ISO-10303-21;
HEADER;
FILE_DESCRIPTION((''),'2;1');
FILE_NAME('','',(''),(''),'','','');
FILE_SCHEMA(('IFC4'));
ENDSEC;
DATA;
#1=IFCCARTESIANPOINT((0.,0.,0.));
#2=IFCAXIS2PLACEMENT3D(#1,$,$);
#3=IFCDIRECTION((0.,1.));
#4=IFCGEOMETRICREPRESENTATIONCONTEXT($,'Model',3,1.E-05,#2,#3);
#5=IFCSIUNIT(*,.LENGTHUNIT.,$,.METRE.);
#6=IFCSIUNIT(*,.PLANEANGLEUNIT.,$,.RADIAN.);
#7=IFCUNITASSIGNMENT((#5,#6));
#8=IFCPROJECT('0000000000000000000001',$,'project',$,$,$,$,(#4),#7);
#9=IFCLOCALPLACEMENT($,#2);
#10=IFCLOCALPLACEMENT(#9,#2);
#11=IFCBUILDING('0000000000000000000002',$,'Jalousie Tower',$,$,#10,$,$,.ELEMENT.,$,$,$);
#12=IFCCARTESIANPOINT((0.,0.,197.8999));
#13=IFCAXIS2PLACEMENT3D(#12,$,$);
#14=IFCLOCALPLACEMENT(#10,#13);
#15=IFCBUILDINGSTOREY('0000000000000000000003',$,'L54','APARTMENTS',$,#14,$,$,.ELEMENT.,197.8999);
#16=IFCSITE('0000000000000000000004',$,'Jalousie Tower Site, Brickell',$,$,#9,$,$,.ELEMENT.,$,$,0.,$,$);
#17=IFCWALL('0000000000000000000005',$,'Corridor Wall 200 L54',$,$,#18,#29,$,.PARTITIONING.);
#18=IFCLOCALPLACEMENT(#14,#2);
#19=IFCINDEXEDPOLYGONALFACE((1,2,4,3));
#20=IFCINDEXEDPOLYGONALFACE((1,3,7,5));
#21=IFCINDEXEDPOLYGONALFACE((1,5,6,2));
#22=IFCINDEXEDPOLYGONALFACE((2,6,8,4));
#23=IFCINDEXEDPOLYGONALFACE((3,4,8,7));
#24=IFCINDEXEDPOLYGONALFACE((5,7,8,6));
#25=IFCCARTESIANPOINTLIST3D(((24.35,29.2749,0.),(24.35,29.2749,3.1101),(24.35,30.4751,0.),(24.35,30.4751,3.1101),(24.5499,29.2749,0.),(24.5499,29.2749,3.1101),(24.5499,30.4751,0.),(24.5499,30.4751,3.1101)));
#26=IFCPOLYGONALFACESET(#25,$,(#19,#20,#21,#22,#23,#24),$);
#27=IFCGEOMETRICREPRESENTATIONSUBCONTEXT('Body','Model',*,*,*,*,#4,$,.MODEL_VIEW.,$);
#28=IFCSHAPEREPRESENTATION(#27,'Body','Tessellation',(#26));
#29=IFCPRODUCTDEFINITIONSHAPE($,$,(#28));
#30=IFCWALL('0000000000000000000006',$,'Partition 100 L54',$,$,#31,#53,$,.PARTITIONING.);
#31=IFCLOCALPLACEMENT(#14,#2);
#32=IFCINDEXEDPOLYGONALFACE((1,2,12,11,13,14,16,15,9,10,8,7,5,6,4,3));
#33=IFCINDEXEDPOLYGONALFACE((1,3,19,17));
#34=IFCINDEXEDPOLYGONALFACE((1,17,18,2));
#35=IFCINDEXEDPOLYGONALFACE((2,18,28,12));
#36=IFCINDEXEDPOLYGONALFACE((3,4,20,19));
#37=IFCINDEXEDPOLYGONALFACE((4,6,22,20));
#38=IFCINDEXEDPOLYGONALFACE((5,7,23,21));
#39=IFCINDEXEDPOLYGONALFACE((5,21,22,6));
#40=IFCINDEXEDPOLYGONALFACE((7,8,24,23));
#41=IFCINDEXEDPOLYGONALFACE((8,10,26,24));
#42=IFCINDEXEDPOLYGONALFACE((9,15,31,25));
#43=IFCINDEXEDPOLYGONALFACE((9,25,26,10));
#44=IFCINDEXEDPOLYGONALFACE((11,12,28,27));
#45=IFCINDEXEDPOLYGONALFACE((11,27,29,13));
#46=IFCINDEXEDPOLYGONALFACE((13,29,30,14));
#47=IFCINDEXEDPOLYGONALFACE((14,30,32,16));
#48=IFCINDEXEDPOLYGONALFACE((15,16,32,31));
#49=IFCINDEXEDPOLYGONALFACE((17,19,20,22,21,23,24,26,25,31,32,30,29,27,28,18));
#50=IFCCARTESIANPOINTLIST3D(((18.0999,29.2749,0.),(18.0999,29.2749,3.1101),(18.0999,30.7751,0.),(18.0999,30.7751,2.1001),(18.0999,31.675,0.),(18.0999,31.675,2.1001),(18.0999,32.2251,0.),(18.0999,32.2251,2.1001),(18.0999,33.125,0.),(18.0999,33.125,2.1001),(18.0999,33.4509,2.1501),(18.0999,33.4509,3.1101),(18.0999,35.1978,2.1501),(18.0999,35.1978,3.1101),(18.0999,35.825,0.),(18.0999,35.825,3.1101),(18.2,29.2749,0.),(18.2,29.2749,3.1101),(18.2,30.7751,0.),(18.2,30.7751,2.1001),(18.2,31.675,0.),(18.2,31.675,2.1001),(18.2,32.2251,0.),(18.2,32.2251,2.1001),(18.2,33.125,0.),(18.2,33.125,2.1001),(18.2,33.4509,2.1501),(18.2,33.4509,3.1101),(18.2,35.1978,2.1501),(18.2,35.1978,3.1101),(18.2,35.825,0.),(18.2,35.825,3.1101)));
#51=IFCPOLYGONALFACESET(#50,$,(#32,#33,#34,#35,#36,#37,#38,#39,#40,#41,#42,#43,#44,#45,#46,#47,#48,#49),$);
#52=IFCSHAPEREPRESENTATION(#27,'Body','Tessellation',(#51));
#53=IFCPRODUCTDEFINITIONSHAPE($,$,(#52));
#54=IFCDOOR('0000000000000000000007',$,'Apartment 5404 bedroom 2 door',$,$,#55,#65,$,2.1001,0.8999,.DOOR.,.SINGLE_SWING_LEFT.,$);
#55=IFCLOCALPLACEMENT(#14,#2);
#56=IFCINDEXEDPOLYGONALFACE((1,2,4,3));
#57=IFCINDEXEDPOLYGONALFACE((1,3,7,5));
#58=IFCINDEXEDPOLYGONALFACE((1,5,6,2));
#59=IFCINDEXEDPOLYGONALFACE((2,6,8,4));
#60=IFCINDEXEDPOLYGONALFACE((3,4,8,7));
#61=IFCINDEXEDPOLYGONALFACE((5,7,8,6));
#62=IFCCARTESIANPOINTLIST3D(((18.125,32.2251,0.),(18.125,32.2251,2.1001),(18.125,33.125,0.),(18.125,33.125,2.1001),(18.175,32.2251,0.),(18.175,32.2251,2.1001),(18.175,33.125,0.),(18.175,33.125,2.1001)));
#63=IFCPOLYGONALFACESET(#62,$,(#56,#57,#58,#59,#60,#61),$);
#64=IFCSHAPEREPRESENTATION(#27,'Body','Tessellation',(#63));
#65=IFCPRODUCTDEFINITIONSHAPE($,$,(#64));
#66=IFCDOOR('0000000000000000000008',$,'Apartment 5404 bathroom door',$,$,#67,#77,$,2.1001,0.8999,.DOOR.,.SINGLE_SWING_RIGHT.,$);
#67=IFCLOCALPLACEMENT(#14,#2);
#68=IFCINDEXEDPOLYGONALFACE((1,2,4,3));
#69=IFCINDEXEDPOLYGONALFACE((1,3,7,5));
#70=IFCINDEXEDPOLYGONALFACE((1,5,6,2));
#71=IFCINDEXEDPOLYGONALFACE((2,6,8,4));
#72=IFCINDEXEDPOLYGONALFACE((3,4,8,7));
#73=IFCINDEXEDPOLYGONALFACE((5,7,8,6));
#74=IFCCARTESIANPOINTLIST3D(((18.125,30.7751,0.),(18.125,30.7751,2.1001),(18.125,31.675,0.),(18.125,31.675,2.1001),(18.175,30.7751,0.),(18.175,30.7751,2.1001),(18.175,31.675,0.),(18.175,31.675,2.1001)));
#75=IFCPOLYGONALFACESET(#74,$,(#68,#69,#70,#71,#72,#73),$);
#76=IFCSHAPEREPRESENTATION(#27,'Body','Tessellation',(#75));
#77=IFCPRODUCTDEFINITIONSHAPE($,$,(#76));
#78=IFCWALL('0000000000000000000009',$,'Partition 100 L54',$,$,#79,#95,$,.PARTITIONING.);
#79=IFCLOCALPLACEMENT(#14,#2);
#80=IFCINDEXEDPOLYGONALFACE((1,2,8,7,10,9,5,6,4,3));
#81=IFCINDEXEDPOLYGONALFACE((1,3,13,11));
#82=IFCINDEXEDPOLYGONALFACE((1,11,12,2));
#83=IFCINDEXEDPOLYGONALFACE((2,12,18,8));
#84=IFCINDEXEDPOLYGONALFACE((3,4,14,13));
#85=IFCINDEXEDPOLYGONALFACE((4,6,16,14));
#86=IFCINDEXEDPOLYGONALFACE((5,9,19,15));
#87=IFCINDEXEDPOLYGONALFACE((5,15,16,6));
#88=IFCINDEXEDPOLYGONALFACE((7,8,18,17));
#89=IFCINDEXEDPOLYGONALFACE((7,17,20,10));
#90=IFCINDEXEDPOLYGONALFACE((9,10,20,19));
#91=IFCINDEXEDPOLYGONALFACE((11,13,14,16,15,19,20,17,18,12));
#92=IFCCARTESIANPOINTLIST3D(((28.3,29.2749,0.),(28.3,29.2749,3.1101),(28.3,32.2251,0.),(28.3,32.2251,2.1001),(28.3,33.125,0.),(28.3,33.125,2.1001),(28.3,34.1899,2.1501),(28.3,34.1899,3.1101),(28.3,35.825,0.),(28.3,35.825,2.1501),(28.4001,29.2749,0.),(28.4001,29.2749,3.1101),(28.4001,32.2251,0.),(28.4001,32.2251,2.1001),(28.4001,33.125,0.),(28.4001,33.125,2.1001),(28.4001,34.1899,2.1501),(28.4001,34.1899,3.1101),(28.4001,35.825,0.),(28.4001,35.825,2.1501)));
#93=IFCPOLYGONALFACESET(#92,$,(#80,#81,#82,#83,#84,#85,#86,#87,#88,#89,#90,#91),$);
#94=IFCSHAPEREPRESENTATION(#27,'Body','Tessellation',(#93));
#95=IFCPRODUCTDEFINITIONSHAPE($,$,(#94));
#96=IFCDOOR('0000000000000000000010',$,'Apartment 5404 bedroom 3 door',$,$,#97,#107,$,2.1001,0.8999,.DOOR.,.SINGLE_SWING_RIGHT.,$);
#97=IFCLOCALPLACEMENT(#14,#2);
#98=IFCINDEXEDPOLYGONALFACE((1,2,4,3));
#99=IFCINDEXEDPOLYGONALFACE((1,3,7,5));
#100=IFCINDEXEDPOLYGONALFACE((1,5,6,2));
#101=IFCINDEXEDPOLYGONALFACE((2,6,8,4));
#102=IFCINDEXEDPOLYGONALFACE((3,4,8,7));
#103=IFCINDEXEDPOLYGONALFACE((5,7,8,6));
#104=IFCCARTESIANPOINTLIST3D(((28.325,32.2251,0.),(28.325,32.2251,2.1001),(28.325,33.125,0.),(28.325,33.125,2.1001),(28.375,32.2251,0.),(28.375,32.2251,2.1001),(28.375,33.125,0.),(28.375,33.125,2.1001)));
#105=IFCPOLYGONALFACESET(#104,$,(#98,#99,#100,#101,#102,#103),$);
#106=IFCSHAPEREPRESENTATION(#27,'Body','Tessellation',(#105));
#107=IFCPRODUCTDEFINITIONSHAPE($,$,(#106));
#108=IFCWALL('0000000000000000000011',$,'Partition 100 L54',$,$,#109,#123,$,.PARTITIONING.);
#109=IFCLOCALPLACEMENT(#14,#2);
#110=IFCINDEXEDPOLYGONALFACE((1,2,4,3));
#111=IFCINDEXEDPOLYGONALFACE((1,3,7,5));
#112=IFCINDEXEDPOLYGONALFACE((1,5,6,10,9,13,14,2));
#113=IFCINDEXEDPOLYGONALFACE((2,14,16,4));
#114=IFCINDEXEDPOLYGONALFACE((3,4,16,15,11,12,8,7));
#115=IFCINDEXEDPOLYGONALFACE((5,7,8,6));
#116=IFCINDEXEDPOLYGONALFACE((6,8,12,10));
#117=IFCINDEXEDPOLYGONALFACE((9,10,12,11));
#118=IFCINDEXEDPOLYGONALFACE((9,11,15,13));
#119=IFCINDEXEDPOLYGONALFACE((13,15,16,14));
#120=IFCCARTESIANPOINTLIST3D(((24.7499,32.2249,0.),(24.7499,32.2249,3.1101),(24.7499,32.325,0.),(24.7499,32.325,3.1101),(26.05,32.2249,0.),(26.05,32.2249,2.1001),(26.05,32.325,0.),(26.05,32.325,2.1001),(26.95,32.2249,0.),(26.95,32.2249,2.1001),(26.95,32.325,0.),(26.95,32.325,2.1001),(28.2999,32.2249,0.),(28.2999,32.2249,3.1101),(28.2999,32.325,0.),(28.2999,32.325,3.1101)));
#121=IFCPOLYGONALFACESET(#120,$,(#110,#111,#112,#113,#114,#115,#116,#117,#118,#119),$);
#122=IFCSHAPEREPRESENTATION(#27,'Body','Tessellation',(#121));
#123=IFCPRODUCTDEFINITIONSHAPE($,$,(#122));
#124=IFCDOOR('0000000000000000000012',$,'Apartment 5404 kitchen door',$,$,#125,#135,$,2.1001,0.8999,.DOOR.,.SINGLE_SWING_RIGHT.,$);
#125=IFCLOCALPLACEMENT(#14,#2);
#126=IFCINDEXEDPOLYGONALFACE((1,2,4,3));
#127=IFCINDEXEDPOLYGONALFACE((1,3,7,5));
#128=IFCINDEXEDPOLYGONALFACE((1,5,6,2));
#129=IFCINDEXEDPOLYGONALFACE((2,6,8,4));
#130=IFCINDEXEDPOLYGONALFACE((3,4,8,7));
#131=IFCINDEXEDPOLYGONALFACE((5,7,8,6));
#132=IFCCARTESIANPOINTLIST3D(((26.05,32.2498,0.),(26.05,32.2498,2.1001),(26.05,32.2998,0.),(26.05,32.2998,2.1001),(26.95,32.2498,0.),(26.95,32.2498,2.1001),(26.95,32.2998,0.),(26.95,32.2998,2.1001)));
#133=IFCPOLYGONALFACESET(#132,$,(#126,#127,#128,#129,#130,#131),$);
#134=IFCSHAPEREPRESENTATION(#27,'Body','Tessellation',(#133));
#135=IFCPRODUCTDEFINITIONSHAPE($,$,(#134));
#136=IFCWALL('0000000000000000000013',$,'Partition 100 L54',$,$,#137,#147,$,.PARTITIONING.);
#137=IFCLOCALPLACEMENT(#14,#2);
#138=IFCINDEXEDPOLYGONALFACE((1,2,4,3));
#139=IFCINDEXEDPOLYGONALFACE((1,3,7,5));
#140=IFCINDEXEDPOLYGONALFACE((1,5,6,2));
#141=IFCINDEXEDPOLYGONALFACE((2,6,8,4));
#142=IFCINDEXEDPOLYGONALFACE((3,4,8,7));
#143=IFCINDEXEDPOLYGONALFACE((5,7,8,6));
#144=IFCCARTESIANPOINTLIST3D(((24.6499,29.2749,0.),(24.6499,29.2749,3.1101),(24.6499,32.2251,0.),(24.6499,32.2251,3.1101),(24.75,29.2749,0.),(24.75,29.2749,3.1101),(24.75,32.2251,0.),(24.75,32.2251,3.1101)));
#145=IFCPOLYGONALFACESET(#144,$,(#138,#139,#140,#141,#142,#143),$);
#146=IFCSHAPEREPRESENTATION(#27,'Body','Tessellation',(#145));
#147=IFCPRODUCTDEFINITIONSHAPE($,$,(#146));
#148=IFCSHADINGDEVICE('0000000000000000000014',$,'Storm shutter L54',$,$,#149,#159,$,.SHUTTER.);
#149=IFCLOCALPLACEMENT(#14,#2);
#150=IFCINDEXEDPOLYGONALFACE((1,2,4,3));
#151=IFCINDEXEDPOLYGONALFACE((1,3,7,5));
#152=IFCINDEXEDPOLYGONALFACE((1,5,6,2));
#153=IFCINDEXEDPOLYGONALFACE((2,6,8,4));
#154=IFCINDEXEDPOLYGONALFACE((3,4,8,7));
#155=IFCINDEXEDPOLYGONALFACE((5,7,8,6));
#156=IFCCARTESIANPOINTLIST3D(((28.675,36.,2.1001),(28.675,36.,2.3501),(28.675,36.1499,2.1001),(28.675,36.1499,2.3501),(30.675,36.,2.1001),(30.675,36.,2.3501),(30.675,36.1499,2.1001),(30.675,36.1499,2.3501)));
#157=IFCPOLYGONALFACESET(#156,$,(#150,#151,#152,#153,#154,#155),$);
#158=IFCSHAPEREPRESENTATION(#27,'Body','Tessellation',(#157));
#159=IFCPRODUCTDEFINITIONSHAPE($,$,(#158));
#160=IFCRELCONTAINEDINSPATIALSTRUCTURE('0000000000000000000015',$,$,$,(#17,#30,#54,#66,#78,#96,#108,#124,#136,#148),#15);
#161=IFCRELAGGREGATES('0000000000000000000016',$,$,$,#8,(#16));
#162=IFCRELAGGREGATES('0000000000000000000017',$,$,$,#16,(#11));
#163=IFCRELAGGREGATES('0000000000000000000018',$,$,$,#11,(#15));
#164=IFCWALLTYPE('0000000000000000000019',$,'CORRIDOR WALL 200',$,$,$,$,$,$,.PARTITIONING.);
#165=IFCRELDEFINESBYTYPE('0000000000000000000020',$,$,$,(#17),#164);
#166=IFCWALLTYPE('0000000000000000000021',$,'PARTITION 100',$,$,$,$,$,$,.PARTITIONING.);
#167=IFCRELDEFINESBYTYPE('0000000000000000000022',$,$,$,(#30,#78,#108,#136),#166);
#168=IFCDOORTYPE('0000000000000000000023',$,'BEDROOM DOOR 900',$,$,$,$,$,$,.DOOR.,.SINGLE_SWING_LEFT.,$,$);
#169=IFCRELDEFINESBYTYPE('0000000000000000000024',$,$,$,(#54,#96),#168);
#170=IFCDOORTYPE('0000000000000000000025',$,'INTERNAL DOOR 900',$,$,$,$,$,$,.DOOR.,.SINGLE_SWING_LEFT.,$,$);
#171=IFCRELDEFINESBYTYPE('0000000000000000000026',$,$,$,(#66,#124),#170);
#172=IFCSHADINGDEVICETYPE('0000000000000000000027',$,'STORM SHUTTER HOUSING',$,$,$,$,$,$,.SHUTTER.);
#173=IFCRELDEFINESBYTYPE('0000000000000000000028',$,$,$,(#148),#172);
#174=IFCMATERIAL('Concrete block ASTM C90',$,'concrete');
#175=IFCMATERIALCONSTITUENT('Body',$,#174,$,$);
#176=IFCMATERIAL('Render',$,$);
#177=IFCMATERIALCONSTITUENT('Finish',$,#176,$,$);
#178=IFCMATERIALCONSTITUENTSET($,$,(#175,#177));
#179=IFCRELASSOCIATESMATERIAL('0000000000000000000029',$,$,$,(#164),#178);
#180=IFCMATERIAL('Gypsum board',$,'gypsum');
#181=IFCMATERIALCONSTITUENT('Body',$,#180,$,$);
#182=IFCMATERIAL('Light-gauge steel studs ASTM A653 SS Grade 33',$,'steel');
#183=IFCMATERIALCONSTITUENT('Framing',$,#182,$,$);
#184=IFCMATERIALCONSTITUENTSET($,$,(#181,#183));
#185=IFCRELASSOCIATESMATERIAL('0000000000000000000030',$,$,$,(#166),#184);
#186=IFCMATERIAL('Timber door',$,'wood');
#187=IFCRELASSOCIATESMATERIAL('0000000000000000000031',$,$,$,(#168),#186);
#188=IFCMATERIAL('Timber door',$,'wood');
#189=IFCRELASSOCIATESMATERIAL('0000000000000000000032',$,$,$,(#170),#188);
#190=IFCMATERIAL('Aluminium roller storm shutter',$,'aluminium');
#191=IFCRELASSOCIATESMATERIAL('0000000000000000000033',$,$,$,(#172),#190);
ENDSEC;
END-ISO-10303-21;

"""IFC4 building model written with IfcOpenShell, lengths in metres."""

from ifc_helpers import new_model, si_unit, direction, frame, frame_2d, origin, origin_2d, place, context, subcontext, project, spatial, polyline, rectangle, outline, extrude, material, constituent, constituent_set, type_object, element, fill, save


model = new_model("IFC4")

# Units and contexts
model_context = context("Model", 3, precision=1e-05, world=origin(), true_north=direction((0.0, 1.0)))
body_context = subcontext(model_context, "Body", "Model", "MODEL_VIEW")
ifc_project = project(units=[si_unit("LENGTHUNIT", "METRE"), si_unit("PLANEANGLEUNIT", "RADIAN")], contexts=[model_context])

# Site, building, storey
site_placement = place(None, origin())
site = spatial("IfcSite", under=ifc_project, at=site_placement, Name="Jalousie Tower Site, Brickell", CompositionType="ELEMENT", RefElevation=0.0)
building_placement = place(site_placement, origin())
building = spatial("IfcBuilding", under=site, at=building_placement, Name="Jalousie Tower", CompositionType="ELEMENT")
storey_placement = place(building_placement, frame((0.0, 0.0, 197.8999)))
storey = spatial("IfcBuildingStorey", under=building, at=storey_placement, Name="L54", Description="APARTMENTS", CompositionType="ELEMENT", Elevation=197.8999)

# Shared definitions
ifc_material_1 = material(Name="Concrete block ASTM C90", Category="concrete")
ifc_constituent_1 = constituent(ifc_material_1, Name="Body")
ifc_material_2 = material(Name="Render")
ifc_constituent_2 = constituent(ifc_material_2, Name="Finish")
ifc_constituent_set_1 = constituent_set(constituents=[ifc_constituent_1, ifc_constituent_2])
wall_type_1 = type_object("IfcWallType", Name="CORRIDOR WALL 200", PredefinedType="PARTITIONING", material=ifc_constituent_set_1)

# Wall
for number, where, z_axis, x_axis, name in (
    (1, (24.45, 29.2749, 0.0), (0.0, 0.0, 1.0), (0.0, 1.0, 0.0), "Corridor Wall 200 L54"),
):
    element("IfcWall", number, at=place(storey_placement, frame(where, z_axis=z_axis, x_axis=x_axis)), inside=storey, type_object=wall_type_1, Name=name, PredefinedType="PARTITIONING", context=body_context, shape_type="SweptSolid", body=[
        extrude(rectangle(XDim=1.2002, YDim=0.2, at=frame_2d((0.6001, 0.0))), origin(), (0.0, 0.0, 1.0), 3.1101),
    ])

# Wall, openings, doors
ifc_material_3 = material(Name="Gypsum board", Category="gypsum")
ifc_constituent_3 = constituent(ifc_material_3, Name="Body")
ifc_material_4 = material(Name="Light-gauge steel studs ASTM A653 SS Grade 33", Category="steel")
ifc_constituent_4 = constituent(ifc_material_4, Name="Framing")
ifc_constituent_set_2 = constituent_set(constituents=[ifc_constituent_3, ifc_constituent_4])
wall_type_2 = type_object("IfcWallType", Name="PARTITION 100", PredefinedType="PARTITIONING", material=ifc_constituent_set_2)
wall_1_placement = place(storey_placement, frame((18.1499, 35.825, 0.0), z_axis=(0.0, 0.0, 1.0), x_axis=(0.0, -1.0, 0.0)))
wall_1 = element("IfcWall", 2, at=wall_1_placement, inside=storey, type_object=wall_type_2, Name="Partition 100 L54", PredefinedType="PARTITIONING", context=body_context, shape_type="SweptSolid", body=[
    extrude(outline(polyline([(0.0, 0.0), (6.55, 0.0), (6.55, 3.1101), (2.374, 3.1101), (2.374, 2.1501), (0.6272, 2.1501), (0.6272, 3.1101), (0.0, 3.1101), (0.0, 0.0)])), frame((0.0, 0.05, 0.0), z_axis=(0.0, -1.0, 0.0), x_axis=(1.0, 0.0, 0.0)), (0.0, 0.0, 1.0), 0.1001),
])
opening_1_placement = place(wall_1_placement, frame((2.7, 0.0, 0.0)))
opening_1 = element("IfcOpeningElement", 3, at=opening_1_placement, cuts=wall_1, PredefinedType="OPENING", context=body_context, shape_type="SweptSolid", body=[
    extrude(rectangle(XDim=0.8999, YDim=2.1001, at=frame_2d((0.45, 1.05))), frame((0.0, 0.0601, 0.0), z_axis=(0.0, -1.0, 0.0), x_axis=(1.0, 0.0, 0.0)), (0.0, 0.0, 1.0), 0.1201),
])
opening_2_placement = place(wall_1_placement, frame((4.1499, 0.0, 0.0)))
opening_2 = element("IfcOpeningElement", 4, at=opening_2_placement, cuts=wall_1, PredefinedType="OPENING", context=body_context, shape_type="SweptSolid", body=[
    extrude(rectangle(XDim=0.8999, YDim=2.1001, at=frame_2d((0.45, 1.05))), frame((0.0, 0.0601, 0.0), z_axis=(0.0, -1.0, 0.0), x_axis=(1.0, 0.0, 0.0)), (0.0, 0.0, 1.0), 0.1201),
])
ifc_material_5 = material(Name="Timber door", Category="wood")
door_type_1 = type_object("IfcDoorType", Name="BEDROOM DOOR 900", OperationType="SINGLE_SWING_LEFT", PredefinedType="DOOR", material=ifc_material_5)
door_1_placement = place(opening_1_placement, frame((0.8999, 0.0, 0.0), z_axis=(0.0, 0.0, 1.0), x_axis=(-1.0, 0.0, 0.0)))
door_1 = element("IfcDoor", 5, at=door_1_placement, inside=storey, type_object=door_type_1, Name="Apartment 5404 bedroom 2 door", OperationType="SINGLE_SWING_LEFT", OverallHeight=2.1001, OverallWidth=0.8999, PredefinedType="DOOR", context=body_context, shape_type="SweptSolid", body=[
    extrude(rectangle(XDim=0.8999, YDim=2.1001, at=frame_2d((0.45, 1.05))), frame((0.0, 0.0249, 0.0), z_axis=(0.0, -1.0, 0.0), x_axis=(1.0, 0.0, 0.0)), (0.0, 0.0, 1.0), 0.05),
])
fill(opening_1, door_1)
ifc_material_6 = material(Name="Timber door", Category="wood")
door_type_2 = type_object("IfcDoorType", Name="INTERNAL DOOR 900", OperationType="SINGLE_SWING_LEFT", PredefinedType="DOOR", material=ifc_material_6)
door_2_placement = place(opening_2_placement, frame((0.8999, 0.0, 0.0), z_axis=(0.0, 0.0, 1.0), x_axis=(-1.0, 0.0, 0.0)))
door_2 = element("IfcDoor", 6, at=door_2_placement, inside=storey, type_object=door_type_2, Name="Apartment 5404 bathroom door", OperationType="SINGLE_SWING_RIGHT", OverallHeight=2.1001, OverallWidth=0.8999, PredefinedType="DOOR", context=body_context, shape_type="SweptSolid", body=[
    extrude(rectangle(XDim=0.8999, YDim=2.1001, at=frame_2d((0.45, 1.05))), frame((0.0, 0.0249, 0.0), z_axis=(0.0, -1.0, 0.0), x_axis=(1.0, 0.0, 0.0)), (0.0, 0.0, 1.0), 0.05),
])
fill(opening_2, door_2)

# Walls, openings, doors
wall_2_placement = place(storey_placement, frame((28.3501, 35.825, 0.0), z_axis=(0.0, 0.0, 1.0), x_axis=(0.0, -1.0, 0.0)))
wall_2 = element("IfcWall", 7, at=wall_2_placement, inside=storey, type_object=wall_type_2, Name="Partition 100 L54", PredefinedType="PARTITIONING", context=body_context, shape_type="SweptSolid", body=[
    extrude(outline(polyline([(0.0, 0.0), (6.55, 0.0), (6.55, 3.1101), (1.635, 3.1101), (1.635, 2.1501), (0.0, 2.1501), (0.0, 3.1101), (0.0, 0.0)])), frame((0.0, 0.05, 0.0), z_axis=(0.0, -1.0, 0.0), x_axis=(1.0, 0.0, 0.0)), (0.0, 0.0, 1.0), 0.1001),
])
opening_3_placement = place(wall_2_placement, frame((2.7, 0.0, 0.0)))
opening_3 = element("IfcOpeningElement", 8, at=opening_3_placement, cuts=wall_2, PredefinedType="OPENING", context=body_context, shape_type="SweptSolid", body=[
    extrude(rectangle(XDim=0.8999, YDim=2.1001, at=frame_2d((0.45, 1.05))), frame((0.0, 0.0601, 0.0), z_axis=(0.0, -1.0, 0.0), x_axis=(1.0, 0.0, 0.0)), (0.0, 0.0, 1.0), 0.1201),
])
door_3_placement = place(opening_3_placement, origin())
door_3 = element("IfcDoor", 9, at=door_3_placement, inside=storey, type_object=door_type_1, Name="Apartment 5404 bedroom 3 door", OperationType="SINGLE_SWING_RIGHT", OverallHeight=2.1001, OverallWidth=0.8999, PredefinedType="DOOR", context=body_context, shape_type="SweptSolid", body=[
    extrude(rectangle(XDim=0.8999, YDim=2.1001, at=frame_2d((0.45, 1.05))), frame((0.0, 0.0249, 0.0), z_axis=(0.0, -1.0, 0.0), x_axis=(1.0, 0.0, 0.0)), (0.0, 0.0, 1.0), 0.05),
])
fill(opening_3, door_3)
wall_3_placement = place(storey_placement, frame((24.75, 32.2749, 0.0), z_axis=(0.0, 0.0, 1.0), x_axis=(1.0, 0.0, 0.0)))
wall_3 = element("IfcWall", 10, at=wall_3_placement, inside=storey, type_object=wall_type_2, Name="Partition 100 L54", PredefinedType="PARTITIONING", context=body_context, shape_type="SweptSolid", body=[
    extrude(rectangle(XDim=3.55, YDim=0.1001, at=frame_2d((1.7749, 0.0))), origin(), (0.0, 0.0, 1.0), 3.1101),
])
opening_4_placement = place(wall_3_placement, frame((1.3, 0.0, 0.0)))
opening_4 = element("IfcOpeningElement", 11, at=opening_4_placement, cuts=wall_3, PredefinedType="OPENING", context=body_context, shape_type="SweptSolid", body=[
    extrude(rectangle(XDim=0.8999, YDim=2.1001, at=frame_2d((0.45, 1.05))), frame((0.0, 0.0601, 0.0), z_axis=(0.0, -1.0, 0.0), x_axis=(1.0, 0.0, 0.0)), (0.0, 0.0, 1.0), 0.1201),
])
door_4_placement = place(opening_4_placement, origin())
door_4 = element("IfcDoor", 12, at=door_4_placement, inside=storey, type_object=door_type_2, Name="Apartment 5404 kitchen door", OperationType="SINGLE_SWING_RIGHT", OverallHeight=2.1001, OverallWidth=0.8999, PredefinedType="DOOR", context=body_context, shape_type="SweptSolid", body=[
    extrude(rectangle(XDim=0.8999, YDim=2.1001, at=frame_2d((0.45, 1.05))), frame((0.0, 0.0249, 0.0), z_axis=(0.0, -1.0, 0.0), x_axis=(1.0, 0.0, 0.0)), (0.0, 0.0, 1.0), 0.05),
])
fill(opening_4, door_4)

# Wall
wall_4_placement = place(storey_placement, frame((24.7, 32.2251, 0.0), z_axis=(0.0, 0.0, 1.0), x_axis=(0.0, -1.0, 0.0)))
element("IfcWall", 13, at=wall_4_placement, inside=storey, type_object=wall_type_2, Name="Partition 100 L54", PredefinedType="PARTITIONING", context=body_context, shape_type="SweptSolid", body=[
    extrude(rectangle(XDim=2.9502, YDim=0.1001, at=frame_2d((1.4751, 0.0))), origin(), (0.0, 0.0, 1.0), 3.1101),
])

# Shading device
ifc_material_7 = material(Name="Aluminium roller storm shutter", Category="aluminium")
shading_device_type = type_object("IfcShadingDeviceType", Name="STORM SHUTTER HOUSING", PredefinedType="SHUTTER", material=ifc_material_7)
shading_device_1_placement = place(storey_placement, frame((29.675, 36.075, 2.1001), z_axis=(0.0, 0.0, 1.0), x_axis=(-1.0, 0.0, 0.0)))
element("IfcShadingDevice", 14, at=shading_device_1_placement, inside=storey, type_object=shading_device_type, Name="Storm shutter L54", PredefinedType="SHUTTER", context=body_context, shape_type="SweptSolid", body=[
    extrude(rectangle(XDim=2.0, YDim=0.1499, at=origin_2d()), origin(), (0.0, 0.0, 1.0), 0.25),
])

save(model, "model.ifc")
